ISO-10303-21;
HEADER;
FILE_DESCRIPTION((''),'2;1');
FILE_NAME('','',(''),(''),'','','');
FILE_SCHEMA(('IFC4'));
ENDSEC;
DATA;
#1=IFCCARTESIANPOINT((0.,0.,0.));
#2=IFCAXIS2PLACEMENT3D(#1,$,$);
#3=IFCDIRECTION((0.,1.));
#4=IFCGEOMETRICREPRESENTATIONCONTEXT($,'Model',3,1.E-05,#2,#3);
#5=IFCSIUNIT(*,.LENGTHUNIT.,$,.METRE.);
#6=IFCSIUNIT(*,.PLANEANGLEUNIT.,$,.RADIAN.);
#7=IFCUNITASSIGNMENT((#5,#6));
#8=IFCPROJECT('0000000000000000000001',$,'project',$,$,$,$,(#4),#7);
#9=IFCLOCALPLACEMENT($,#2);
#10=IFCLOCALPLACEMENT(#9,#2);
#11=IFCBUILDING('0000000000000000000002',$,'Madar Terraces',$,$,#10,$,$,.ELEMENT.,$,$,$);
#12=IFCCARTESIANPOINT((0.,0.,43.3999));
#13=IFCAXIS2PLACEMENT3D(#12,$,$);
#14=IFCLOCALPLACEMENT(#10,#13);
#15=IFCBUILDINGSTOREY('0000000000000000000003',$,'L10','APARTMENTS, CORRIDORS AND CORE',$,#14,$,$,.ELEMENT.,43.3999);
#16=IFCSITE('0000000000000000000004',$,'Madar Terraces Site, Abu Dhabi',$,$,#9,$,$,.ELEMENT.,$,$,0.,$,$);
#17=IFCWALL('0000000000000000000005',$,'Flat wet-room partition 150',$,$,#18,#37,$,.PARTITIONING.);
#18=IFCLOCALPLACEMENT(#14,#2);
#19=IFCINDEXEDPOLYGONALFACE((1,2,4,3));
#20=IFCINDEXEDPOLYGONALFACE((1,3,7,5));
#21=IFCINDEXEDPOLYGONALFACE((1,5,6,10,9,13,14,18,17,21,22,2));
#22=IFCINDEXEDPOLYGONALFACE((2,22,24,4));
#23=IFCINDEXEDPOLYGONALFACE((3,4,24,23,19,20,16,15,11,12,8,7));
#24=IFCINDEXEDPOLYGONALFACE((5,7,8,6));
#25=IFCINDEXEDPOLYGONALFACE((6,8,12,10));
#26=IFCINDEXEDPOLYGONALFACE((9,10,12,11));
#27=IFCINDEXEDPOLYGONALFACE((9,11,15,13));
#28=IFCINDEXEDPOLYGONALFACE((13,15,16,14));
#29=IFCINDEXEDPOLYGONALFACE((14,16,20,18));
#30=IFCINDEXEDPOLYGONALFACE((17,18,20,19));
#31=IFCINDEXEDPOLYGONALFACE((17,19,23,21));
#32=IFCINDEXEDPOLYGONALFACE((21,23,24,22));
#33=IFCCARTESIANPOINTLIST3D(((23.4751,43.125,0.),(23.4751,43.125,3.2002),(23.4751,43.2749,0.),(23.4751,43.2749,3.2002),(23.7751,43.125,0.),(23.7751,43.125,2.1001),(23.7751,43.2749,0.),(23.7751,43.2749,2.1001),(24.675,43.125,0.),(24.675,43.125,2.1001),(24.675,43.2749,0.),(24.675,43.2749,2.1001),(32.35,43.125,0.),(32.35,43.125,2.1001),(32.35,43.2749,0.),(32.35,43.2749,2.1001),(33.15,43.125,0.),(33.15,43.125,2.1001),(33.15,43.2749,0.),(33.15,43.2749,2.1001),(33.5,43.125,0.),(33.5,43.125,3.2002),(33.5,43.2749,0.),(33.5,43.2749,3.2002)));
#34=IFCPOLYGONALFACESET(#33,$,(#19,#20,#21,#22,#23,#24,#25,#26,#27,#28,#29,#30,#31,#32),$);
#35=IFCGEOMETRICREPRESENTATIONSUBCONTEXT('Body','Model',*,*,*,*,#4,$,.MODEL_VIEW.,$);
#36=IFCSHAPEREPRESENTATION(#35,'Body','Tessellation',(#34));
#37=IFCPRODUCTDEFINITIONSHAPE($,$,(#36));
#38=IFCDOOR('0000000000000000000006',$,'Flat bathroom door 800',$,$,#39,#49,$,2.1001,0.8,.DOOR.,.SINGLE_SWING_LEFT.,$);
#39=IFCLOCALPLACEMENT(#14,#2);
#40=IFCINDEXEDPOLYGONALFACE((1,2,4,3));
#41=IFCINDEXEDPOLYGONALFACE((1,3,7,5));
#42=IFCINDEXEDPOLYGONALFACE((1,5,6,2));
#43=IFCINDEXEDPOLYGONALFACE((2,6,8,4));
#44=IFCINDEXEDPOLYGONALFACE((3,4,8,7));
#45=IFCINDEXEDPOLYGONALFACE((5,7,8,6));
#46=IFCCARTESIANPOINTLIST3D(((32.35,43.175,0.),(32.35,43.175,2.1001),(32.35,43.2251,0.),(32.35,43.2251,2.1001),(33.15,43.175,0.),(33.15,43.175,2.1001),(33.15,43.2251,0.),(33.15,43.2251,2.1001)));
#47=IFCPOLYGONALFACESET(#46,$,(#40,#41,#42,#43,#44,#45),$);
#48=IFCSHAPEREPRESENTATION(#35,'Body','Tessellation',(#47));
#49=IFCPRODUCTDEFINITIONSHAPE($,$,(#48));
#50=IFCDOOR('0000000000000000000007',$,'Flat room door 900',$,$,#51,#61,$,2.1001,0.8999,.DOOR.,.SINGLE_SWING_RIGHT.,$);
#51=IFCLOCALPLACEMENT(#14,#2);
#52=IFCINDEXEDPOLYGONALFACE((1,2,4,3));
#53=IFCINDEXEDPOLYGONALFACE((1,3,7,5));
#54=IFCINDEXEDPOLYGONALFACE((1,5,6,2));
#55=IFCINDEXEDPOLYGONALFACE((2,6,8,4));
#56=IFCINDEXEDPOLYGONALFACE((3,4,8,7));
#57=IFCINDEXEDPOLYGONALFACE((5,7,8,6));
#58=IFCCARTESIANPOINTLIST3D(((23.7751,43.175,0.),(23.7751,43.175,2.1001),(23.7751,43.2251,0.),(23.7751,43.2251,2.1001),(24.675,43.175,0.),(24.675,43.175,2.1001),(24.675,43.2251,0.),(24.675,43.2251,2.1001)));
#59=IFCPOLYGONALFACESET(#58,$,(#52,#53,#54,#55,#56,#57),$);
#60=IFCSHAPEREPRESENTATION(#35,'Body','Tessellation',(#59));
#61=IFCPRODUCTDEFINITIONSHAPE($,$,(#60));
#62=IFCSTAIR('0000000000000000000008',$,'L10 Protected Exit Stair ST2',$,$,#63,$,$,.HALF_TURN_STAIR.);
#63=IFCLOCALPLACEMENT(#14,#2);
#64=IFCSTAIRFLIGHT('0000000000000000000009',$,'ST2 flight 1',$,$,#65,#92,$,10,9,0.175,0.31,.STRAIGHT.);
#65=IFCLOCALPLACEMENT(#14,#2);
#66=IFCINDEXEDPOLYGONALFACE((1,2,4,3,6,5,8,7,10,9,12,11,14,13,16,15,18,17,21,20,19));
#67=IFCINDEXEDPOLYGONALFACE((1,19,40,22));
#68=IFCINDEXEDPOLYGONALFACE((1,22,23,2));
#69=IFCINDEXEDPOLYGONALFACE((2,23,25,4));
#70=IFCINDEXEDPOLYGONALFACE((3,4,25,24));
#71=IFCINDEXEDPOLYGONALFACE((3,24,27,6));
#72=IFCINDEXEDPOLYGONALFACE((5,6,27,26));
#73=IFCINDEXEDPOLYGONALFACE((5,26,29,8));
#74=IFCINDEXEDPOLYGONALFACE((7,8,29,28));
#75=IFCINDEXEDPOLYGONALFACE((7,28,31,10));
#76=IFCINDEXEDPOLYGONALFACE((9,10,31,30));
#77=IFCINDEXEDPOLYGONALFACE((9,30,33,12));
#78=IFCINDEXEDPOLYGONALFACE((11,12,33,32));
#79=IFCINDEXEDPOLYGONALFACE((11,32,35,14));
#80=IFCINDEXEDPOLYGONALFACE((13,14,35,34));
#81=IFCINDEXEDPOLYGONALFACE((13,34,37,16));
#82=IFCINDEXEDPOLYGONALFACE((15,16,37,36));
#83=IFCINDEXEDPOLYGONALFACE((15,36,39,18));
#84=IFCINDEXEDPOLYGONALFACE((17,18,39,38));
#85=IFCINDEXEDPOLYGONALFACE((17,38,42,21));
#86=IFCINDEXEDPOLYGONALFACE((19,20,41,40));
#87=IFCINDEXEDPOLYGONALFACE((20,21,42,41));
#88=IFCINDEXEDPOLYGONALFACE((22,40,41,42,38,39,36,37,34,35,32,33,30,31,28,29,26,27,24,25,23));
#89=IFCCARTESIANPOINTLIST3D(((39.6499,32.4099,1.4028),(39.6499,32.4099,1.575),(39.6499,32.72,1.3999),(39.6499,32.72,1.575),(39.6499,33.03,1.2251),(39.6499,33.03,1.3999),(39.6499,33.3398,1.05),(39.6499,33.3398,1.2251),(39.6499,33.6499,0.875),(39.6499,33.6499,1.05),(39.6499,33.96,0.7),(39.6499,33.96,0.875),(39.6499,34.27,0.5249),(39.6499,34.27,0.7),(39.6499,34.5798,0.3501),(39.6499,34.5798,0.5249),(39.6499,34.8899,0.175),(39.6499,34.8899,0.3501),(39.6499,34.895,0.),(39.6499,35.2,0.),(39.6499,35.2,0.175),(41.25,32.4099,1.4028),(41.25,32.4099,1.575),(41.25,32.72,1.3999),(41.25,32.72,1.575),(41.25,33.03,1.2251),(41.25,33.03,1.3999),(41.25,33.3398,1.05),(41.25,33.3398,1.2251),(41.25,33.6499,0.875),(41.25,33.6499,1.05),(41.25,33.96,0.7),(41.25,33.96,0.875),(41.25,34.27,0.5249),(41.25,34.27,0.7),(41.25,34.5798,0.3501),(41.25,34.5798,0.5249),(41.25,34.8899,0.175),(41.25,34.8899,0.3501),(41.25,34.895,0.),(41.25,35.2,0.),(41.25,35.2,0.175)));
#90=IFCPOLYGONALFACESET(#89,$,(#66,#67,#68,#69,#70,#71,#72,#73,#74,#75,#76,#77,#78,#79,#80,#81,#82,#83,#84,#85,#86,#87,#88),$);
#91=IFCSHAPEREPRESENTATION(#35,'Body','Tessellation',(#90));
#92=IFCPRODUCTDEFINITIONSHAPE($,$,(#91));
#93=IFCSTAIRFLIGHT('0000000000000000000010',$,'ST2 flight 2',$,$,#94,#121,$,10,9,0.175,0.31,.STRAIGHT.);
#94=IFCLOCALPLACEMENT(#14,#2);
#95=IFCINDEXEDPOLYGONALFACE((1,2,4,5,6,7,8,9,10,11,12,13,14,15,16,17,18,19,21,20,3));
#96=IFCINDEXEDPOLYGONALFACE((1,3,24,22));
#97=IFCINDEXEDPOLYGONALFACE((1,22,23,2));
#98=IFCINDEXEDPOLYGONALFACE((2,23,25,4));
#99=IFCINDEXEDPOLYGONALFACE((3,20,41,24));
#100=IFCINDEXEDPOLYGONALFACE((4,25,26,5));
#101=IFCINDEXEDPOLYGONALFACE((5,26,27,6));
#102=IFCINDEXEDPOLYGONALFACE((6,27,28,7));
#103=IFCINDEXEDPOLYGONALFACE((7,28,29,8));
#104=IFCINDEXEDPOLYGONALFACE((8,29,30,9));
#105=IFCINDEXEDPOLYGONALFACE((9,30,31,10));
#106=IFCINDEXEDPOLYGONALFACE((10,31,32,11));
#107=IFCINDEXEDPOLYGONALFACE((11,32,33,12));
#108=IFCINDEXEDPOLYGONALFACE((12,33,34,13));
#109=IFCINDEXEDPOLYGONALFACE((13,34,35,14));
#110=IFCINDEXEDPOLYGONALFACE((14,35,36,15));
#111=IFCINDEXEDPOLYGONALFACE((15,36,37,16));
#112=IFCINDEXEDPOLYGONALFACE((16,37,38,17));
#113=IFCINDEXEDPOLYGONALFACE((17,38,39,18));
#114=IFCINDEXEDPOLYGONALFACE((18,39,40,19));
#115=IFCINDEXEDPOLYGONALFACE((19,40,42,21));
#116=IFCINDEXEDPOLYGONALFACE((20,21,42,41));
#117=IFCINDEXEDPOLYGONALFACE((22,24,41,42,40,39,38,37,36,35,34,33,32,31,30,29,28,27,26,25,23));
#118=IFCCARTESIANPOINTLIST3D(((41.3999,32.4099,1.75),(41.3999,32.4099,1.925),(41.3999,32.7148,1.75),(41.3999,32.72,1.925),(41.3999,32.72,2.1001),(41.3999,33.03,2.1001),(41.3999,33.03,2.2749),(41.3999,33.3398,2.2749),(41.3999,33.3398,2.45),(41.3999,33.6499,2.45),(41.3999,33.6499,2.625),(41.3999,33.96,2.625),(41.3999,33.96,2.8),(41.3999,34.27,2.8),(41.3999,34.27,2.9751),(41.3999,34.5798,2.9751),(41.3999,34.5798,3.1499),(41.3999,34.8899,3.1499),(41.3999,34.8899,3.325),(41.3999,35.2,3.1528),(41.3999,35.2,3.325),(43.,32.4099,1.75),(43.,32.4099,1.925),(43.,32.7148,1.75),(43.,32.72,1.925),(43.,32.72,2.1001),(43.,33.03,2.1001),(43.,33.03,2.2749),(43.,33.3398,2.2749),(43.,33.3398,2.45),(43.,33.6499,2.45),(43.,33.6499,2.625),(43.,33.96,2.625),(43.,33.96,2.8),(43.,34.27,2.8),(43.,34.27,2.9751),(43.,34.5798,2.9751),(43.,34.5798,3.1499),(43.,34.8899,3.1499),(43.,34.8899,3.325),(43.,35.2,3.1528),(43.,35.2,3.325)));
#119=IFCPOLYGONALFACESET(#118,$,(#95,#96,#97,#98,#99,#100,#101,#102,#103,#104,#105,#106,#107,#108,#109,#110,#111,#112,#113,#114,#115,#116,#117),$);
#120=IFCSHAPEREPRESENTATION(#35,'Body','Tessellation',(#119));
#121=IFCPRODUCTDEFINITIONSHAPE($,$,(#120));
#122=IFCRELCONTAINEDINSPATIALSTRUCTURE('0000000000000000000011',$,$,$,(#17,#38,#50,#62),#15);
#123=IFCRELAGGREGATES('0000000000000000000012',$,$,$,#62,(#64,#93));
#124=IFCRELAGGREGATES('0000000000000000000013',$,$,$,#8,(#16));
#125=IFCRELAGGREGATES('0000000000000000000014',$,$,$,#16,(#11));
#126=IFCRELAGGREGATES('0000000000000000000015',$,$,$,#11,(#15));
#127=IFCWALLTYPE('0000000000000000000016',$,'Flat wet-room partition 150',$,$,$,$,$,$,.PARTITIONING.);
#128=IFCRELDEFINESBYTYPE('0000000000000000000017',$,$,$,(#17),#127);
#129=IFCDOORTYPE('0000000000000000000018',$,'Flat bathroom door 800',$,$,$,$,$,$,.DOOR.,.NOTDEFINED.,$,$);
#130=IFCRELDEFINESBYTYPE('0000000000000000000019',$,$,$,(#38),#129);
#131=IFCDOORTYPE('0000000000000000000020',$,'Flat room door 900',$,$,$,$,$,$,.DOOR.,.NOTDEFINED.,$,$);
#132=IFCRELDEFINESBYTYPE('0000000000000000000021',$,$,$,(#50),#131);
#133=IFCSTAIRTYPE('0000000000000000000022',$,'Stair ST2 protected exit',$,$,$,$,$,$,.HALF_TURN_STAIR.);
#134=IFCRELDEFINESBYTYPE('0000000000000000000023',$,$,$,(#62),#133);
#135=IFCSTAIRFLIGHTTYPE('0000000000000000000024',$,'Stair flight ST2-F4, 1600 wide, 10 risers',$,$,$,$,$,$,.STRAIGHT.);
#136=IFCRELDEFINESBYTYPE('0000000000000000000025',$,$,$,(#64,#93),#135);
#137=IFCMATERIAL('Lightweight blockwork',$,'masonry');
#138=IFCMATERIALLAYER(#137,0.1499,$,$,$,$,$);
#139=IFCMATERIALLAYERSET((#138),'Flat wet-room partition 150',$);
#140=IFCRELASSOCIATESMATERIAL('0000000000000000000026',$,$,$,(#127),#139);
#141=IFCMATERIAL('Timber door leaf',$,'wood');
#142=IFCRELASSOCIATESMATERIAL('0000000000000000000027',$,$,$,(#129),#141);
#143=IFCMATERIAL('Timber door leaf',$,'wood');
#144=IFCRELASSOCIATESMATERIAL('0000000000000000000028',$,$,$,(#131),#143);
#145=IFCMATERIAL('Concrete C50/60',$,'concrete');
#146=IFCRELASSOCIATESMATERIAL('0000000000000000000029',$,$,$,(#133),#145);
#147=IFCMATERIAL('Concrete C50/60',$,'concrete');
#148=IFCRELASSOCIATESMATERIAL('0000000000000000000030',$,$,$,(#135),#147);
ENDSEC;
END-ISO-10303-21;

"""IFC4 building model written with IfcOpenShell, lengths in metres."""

from ifc_helpers import new_model, si_unit, direction, frame, frame_2d, origin, place, context, subcontext, project, spatial, polyline, rectangle, outline, extrude, material, layer, layer_set, type_object, element, fill, aggregate, save


model = new_model("IFC4")

# Units and contexts
model_context = context("Model", 3, precision=1e-05, world=origin(), true_north=direction((0.0, 1.0)))
body_context = subcontext(model_context, "Body", "Model", "MODEL_VIEW")
ifc_project = project(units=[si_unit("LENGTHUNIT", "METRE"), si_unit("PLANEANGLEUNIT", "RADIAN")], contexts=[model_context])

# Site, building, storey
site_placement = place(None, origin())
site = spatial("IfcSite", under=ifc_project, at=site_placement, Name="Madar Terraces Site, Abu Dhabi", CompositionType="ELEMENT", RefElevation=0.0)
building_placement = place(site_placement, origin())
building = spatial("IfcBuilding", under=site, at=building_placement, Name="Madar Terraces", CompositionType="ELEMENT")
storey_placement = place(building_placement, frame((0.0, 0.0, 43.3999)))
storey = spatial("IfcBuildingStorey", under=building, at=storey_placement, Name="L10", Description="APARTMENTS, CORRIDORS AND CORE", CompositionType="ELEMENT", Elevation=43.3999)

# Shared definitions
ifc_material_1 = material(Name="Lightweight blockwork", Category="masonry")
ifc_layer_1 = layer(ifc_material_1, 0.1499)
ifc_layer_set_1 = layer_set([ifc_layer_1], Name="Flat wet-room partition 150")
wall_type_1 = type_object("IfcWallType", Name="Flat wet-room partition 150", PredefinedType="PARTITIONING", material=ifc_layer_set_1)

# Wall, openings, doors
wall_1_placement = place(storey_placement, frame((33.5, 43.2, 0.0), z_axis=(0.0, 0.0, 1.0), x_axis=(-1.0, 0.0, 0.0)))
wall_1 = element("IfcWall", 1, at=wall_1_placement, inside=storey, type_object=wall_type_1, Name="Flat wet-room partition 150", PredefinedType="PARTITIONING", context=body_context, shape_type="SweptSolid", body=[
    extrude(rectangle(XDim=10.0249, YDim=0.1499, at=frame_2d((5.0125, 0.0))), origin(), (0.0, 0.0, 1.0), 3.2002),
])
opening_1_placement = place(wall_1_placement, frame((8.825, 0.0, 0.0)))
opening_1 = element("IfcOpeningElement", 2, at=opening_1_placement, cuts=wall_1, PredefinedType="OPENING", context=body_context, shape_type="SweptSolid", body=[
    extrude(rectangle(XDim=0.8999, YDim=2.1001, at=frame_2d((0.45, 1.05))), frame((0.0, 0.085, 0.0), z_axis=(0.0, -1.0, 0.0), x_axis=(1.0, 0.0, 0.0)), (0.0, 0.0, 1.0), 0.1699),
])
opening_2_placement = place(wall_1_placement, frame((0.3501, 0.0, 0.0)))
opening_2 = element("IfcOpeningElement", 3, at=opening_2_placement, cuts=wall_1, PredefinedType="OPENING", context=body_context, shape_type="SweptSolid", body=[
    extrude(rectangle(XDim=0.8, YDim=2.1001, at=frame_2d((0.3999, 1.05))), frame((0.0, 0.085, 0.0), z_axis=(0.0, -1.0, 0.0), x_axis=(1.0, 0.0, 0.0)), (0.0, 0.0, 1.0), 0.1699),
])
ifc_material_2 = material(Name="Timber door leaf", Category="wood")
door_type_1 = type_object("IfcDoorType", Name="Flat bathroom door 800", OperationType="NOTDEFINED", PredefinedType="DOOR", material=ifc_material_2)
door_1_placement = place(opening_2_placement, origin())
door_1 = element("IfcDoor", 4, at=door_1_placement, inside=storey, type_object=door_type_1, Name="Flat bathroom door 800", OperationType="SINGLE_SWING_LEFT", OverallHeight=2.1001, OverallWidth=0.8, PredefinedType="DOOR", context=body_context, shape_type="SweptSolid", body=[
    extrude(rectangle(XDim=0.8, YDim=2.1001, at=frame_2d((0.3999, 1.05))), frame((0.0, 0.0249, 0.0), z_axis=(0.0, -1.0, 0.0), x_axis=(1.0, 0.0, 0.0)), (0.0, 0.0, 1.0), 0.05),
])
fill(opening_2, door_1)
ifc_material_3 = material(Name="Timber door leaf", Category="wood")
door_type_2 = type_object("IfcDoorType", Name="Flat room door 900", OperationType="NOTDEFINED", PredefinedType="DOOR", material=ifc_material_3)
door_2_placement = place(opening_1_placement, origin())
door_2 = element("IfcDoor", 5, at=door_2_placement, inside=storey, type_object=door_type_2, Name="Flat room door 900", OperationType="SINGLE_SWING_RIGHT", OverallHeight=2.1001, OverallWidth=0.8999, PredefinedType="DOOR", context=body_context, shape_type="SweptSolid", body=[
    extrude(rectangle(XDim=0.8999, YDim=2.1001, at=frame_2d((0.45, 1.05))), frame((0.0, 0.0249, 0.0), z_axis=(0.0, -1.0, 0.0), x_axis=(1.0, 0.0, 0.0)), (0.0, 0.0, 1.0), 0.05),
])
fill(opening_1, door_2)

# Stair, stair flights
ifc_material_4 = material(Name="Concrete C50/60", Category="concrete")
stair_type = type_object("IfcStairType", Name="Stair ST2 protected exit", PredefinedType="HALF_TURN_STAIR", material=ifc_material_4)
stair_placement = place(storey_placement, origin())
stair = element("IfcStair", 6, at=stair_placement, inside=storey, type_object=stair_type, Name="L10 Protected Exit Stair ST2", PredefinedType="HALF_TURN_STAIR")
ifc_material_5 = material(Name="Concrete C50/60", Category="concrete")
stair_flight_type = type_object("IfcStairFlightType", Name="Stair flight ST2-F4, 1600 wide, 10 risers", PredefinedType="STRAIGHT", material=ifc_material_5)
stair_flight_1_placement = place(storey_placement, frame((40.45, 35.2, 0.0), z_axis=(0.0, 0.0, 1.0), x_axis=(0.0, -1.0, 0.0)))
stair_flight_1 = element("IfcStairFlight", 7, at=stair_flight_1_placement, type_object=stair_flight_type, Name="ST2 flight 1", NumberOfRisers=10, NumberOfTreads=9, PredefinedType="STRAIGHT", RiserHeight=0.175, TreadLength=0.31, context=body_context, shape_type="SweptSolid", body=[
    extrude(outline(polyline([(0.0, 0.0), (0.0, 0.175), (0.3101, 0.175), (0.3101, 0.3501), (0.6201, 0.3501), (0.6201, 0.5249), (0.9299, 0.5249), (0.9299, 0.7), (1.24, 0.7), (1.24, 0.875), (1.55, 0.875), (1.55, 1.05), (1.8601, 1.05), (1.8601, 1.2251), (2.1699, 1.2251), (2.1699, 1.3999), (2.48, 1.3999), (2.48, 1.575), (2.79, 1.575), (2.79, 1.75), (2.79, 1.4028), (0.3049, 0.0), (0.0, 0.0)])), frame((0.0, 0.8, 0.0), z_axis=(0.0, -1.0, 0.0), x_axis=(1.0, 0.0, 0.0)), (0.0, 0.0, 1.0), 1.6001),
])
stair_flight_2_placement = place(storey_placement, frame((42.2, 32.4099, 1.75), z_axis=(0.0, 0.0, 1.0), x_axis=(0.0, 1.0, 0.0)))
stair_flight_2 = element("IfcStairFlight", 8, at=stair_flight_2_placement, type_object=stair_flight_type, Name="ST2 flight 2", NumberOfRisers=10, NumberOfTreads=9, PredefinedType="STRAIGHT", RiserHeight=0.175, TreadLength=0.31, context=body_context, shape_type="SweptSolid", body=[
    extrude(outline(polyline([(0.0, 0.0), (0.0, 0.175), (0.3101, 0.175), (0.3101, 0.3501), (0.6201, 0.3501), (0.6201, 0.5249), (0.9299, 0.5249), (0.9299, 0.7), (1.24, 0.7), (1.24, 0.875), (1.55, 0.875), (1.55, 1.05), (1.8601, 1.05), (1.8601, 1.2251), (2.1699, 1.2251), (2.1699, 1.3999), (2.48, 1.3999), (2.48, 1.575), (2.79, 1.575), (2.79, 1.75), (2.79, 1.4028), (0.3049, 0.0), (0.0, 0.0)])), frame((0.0, 0.8, 0.0), z_axis=(0.0, -1.0, 0.0), x_axis=(1.0, 0.0, 0.0)), (0.0, 0.0, 1.0), 1.6001),
])
aggregate(stair, [stair_flight_1, stair_flight_2])

save(model, "model.ifc")
